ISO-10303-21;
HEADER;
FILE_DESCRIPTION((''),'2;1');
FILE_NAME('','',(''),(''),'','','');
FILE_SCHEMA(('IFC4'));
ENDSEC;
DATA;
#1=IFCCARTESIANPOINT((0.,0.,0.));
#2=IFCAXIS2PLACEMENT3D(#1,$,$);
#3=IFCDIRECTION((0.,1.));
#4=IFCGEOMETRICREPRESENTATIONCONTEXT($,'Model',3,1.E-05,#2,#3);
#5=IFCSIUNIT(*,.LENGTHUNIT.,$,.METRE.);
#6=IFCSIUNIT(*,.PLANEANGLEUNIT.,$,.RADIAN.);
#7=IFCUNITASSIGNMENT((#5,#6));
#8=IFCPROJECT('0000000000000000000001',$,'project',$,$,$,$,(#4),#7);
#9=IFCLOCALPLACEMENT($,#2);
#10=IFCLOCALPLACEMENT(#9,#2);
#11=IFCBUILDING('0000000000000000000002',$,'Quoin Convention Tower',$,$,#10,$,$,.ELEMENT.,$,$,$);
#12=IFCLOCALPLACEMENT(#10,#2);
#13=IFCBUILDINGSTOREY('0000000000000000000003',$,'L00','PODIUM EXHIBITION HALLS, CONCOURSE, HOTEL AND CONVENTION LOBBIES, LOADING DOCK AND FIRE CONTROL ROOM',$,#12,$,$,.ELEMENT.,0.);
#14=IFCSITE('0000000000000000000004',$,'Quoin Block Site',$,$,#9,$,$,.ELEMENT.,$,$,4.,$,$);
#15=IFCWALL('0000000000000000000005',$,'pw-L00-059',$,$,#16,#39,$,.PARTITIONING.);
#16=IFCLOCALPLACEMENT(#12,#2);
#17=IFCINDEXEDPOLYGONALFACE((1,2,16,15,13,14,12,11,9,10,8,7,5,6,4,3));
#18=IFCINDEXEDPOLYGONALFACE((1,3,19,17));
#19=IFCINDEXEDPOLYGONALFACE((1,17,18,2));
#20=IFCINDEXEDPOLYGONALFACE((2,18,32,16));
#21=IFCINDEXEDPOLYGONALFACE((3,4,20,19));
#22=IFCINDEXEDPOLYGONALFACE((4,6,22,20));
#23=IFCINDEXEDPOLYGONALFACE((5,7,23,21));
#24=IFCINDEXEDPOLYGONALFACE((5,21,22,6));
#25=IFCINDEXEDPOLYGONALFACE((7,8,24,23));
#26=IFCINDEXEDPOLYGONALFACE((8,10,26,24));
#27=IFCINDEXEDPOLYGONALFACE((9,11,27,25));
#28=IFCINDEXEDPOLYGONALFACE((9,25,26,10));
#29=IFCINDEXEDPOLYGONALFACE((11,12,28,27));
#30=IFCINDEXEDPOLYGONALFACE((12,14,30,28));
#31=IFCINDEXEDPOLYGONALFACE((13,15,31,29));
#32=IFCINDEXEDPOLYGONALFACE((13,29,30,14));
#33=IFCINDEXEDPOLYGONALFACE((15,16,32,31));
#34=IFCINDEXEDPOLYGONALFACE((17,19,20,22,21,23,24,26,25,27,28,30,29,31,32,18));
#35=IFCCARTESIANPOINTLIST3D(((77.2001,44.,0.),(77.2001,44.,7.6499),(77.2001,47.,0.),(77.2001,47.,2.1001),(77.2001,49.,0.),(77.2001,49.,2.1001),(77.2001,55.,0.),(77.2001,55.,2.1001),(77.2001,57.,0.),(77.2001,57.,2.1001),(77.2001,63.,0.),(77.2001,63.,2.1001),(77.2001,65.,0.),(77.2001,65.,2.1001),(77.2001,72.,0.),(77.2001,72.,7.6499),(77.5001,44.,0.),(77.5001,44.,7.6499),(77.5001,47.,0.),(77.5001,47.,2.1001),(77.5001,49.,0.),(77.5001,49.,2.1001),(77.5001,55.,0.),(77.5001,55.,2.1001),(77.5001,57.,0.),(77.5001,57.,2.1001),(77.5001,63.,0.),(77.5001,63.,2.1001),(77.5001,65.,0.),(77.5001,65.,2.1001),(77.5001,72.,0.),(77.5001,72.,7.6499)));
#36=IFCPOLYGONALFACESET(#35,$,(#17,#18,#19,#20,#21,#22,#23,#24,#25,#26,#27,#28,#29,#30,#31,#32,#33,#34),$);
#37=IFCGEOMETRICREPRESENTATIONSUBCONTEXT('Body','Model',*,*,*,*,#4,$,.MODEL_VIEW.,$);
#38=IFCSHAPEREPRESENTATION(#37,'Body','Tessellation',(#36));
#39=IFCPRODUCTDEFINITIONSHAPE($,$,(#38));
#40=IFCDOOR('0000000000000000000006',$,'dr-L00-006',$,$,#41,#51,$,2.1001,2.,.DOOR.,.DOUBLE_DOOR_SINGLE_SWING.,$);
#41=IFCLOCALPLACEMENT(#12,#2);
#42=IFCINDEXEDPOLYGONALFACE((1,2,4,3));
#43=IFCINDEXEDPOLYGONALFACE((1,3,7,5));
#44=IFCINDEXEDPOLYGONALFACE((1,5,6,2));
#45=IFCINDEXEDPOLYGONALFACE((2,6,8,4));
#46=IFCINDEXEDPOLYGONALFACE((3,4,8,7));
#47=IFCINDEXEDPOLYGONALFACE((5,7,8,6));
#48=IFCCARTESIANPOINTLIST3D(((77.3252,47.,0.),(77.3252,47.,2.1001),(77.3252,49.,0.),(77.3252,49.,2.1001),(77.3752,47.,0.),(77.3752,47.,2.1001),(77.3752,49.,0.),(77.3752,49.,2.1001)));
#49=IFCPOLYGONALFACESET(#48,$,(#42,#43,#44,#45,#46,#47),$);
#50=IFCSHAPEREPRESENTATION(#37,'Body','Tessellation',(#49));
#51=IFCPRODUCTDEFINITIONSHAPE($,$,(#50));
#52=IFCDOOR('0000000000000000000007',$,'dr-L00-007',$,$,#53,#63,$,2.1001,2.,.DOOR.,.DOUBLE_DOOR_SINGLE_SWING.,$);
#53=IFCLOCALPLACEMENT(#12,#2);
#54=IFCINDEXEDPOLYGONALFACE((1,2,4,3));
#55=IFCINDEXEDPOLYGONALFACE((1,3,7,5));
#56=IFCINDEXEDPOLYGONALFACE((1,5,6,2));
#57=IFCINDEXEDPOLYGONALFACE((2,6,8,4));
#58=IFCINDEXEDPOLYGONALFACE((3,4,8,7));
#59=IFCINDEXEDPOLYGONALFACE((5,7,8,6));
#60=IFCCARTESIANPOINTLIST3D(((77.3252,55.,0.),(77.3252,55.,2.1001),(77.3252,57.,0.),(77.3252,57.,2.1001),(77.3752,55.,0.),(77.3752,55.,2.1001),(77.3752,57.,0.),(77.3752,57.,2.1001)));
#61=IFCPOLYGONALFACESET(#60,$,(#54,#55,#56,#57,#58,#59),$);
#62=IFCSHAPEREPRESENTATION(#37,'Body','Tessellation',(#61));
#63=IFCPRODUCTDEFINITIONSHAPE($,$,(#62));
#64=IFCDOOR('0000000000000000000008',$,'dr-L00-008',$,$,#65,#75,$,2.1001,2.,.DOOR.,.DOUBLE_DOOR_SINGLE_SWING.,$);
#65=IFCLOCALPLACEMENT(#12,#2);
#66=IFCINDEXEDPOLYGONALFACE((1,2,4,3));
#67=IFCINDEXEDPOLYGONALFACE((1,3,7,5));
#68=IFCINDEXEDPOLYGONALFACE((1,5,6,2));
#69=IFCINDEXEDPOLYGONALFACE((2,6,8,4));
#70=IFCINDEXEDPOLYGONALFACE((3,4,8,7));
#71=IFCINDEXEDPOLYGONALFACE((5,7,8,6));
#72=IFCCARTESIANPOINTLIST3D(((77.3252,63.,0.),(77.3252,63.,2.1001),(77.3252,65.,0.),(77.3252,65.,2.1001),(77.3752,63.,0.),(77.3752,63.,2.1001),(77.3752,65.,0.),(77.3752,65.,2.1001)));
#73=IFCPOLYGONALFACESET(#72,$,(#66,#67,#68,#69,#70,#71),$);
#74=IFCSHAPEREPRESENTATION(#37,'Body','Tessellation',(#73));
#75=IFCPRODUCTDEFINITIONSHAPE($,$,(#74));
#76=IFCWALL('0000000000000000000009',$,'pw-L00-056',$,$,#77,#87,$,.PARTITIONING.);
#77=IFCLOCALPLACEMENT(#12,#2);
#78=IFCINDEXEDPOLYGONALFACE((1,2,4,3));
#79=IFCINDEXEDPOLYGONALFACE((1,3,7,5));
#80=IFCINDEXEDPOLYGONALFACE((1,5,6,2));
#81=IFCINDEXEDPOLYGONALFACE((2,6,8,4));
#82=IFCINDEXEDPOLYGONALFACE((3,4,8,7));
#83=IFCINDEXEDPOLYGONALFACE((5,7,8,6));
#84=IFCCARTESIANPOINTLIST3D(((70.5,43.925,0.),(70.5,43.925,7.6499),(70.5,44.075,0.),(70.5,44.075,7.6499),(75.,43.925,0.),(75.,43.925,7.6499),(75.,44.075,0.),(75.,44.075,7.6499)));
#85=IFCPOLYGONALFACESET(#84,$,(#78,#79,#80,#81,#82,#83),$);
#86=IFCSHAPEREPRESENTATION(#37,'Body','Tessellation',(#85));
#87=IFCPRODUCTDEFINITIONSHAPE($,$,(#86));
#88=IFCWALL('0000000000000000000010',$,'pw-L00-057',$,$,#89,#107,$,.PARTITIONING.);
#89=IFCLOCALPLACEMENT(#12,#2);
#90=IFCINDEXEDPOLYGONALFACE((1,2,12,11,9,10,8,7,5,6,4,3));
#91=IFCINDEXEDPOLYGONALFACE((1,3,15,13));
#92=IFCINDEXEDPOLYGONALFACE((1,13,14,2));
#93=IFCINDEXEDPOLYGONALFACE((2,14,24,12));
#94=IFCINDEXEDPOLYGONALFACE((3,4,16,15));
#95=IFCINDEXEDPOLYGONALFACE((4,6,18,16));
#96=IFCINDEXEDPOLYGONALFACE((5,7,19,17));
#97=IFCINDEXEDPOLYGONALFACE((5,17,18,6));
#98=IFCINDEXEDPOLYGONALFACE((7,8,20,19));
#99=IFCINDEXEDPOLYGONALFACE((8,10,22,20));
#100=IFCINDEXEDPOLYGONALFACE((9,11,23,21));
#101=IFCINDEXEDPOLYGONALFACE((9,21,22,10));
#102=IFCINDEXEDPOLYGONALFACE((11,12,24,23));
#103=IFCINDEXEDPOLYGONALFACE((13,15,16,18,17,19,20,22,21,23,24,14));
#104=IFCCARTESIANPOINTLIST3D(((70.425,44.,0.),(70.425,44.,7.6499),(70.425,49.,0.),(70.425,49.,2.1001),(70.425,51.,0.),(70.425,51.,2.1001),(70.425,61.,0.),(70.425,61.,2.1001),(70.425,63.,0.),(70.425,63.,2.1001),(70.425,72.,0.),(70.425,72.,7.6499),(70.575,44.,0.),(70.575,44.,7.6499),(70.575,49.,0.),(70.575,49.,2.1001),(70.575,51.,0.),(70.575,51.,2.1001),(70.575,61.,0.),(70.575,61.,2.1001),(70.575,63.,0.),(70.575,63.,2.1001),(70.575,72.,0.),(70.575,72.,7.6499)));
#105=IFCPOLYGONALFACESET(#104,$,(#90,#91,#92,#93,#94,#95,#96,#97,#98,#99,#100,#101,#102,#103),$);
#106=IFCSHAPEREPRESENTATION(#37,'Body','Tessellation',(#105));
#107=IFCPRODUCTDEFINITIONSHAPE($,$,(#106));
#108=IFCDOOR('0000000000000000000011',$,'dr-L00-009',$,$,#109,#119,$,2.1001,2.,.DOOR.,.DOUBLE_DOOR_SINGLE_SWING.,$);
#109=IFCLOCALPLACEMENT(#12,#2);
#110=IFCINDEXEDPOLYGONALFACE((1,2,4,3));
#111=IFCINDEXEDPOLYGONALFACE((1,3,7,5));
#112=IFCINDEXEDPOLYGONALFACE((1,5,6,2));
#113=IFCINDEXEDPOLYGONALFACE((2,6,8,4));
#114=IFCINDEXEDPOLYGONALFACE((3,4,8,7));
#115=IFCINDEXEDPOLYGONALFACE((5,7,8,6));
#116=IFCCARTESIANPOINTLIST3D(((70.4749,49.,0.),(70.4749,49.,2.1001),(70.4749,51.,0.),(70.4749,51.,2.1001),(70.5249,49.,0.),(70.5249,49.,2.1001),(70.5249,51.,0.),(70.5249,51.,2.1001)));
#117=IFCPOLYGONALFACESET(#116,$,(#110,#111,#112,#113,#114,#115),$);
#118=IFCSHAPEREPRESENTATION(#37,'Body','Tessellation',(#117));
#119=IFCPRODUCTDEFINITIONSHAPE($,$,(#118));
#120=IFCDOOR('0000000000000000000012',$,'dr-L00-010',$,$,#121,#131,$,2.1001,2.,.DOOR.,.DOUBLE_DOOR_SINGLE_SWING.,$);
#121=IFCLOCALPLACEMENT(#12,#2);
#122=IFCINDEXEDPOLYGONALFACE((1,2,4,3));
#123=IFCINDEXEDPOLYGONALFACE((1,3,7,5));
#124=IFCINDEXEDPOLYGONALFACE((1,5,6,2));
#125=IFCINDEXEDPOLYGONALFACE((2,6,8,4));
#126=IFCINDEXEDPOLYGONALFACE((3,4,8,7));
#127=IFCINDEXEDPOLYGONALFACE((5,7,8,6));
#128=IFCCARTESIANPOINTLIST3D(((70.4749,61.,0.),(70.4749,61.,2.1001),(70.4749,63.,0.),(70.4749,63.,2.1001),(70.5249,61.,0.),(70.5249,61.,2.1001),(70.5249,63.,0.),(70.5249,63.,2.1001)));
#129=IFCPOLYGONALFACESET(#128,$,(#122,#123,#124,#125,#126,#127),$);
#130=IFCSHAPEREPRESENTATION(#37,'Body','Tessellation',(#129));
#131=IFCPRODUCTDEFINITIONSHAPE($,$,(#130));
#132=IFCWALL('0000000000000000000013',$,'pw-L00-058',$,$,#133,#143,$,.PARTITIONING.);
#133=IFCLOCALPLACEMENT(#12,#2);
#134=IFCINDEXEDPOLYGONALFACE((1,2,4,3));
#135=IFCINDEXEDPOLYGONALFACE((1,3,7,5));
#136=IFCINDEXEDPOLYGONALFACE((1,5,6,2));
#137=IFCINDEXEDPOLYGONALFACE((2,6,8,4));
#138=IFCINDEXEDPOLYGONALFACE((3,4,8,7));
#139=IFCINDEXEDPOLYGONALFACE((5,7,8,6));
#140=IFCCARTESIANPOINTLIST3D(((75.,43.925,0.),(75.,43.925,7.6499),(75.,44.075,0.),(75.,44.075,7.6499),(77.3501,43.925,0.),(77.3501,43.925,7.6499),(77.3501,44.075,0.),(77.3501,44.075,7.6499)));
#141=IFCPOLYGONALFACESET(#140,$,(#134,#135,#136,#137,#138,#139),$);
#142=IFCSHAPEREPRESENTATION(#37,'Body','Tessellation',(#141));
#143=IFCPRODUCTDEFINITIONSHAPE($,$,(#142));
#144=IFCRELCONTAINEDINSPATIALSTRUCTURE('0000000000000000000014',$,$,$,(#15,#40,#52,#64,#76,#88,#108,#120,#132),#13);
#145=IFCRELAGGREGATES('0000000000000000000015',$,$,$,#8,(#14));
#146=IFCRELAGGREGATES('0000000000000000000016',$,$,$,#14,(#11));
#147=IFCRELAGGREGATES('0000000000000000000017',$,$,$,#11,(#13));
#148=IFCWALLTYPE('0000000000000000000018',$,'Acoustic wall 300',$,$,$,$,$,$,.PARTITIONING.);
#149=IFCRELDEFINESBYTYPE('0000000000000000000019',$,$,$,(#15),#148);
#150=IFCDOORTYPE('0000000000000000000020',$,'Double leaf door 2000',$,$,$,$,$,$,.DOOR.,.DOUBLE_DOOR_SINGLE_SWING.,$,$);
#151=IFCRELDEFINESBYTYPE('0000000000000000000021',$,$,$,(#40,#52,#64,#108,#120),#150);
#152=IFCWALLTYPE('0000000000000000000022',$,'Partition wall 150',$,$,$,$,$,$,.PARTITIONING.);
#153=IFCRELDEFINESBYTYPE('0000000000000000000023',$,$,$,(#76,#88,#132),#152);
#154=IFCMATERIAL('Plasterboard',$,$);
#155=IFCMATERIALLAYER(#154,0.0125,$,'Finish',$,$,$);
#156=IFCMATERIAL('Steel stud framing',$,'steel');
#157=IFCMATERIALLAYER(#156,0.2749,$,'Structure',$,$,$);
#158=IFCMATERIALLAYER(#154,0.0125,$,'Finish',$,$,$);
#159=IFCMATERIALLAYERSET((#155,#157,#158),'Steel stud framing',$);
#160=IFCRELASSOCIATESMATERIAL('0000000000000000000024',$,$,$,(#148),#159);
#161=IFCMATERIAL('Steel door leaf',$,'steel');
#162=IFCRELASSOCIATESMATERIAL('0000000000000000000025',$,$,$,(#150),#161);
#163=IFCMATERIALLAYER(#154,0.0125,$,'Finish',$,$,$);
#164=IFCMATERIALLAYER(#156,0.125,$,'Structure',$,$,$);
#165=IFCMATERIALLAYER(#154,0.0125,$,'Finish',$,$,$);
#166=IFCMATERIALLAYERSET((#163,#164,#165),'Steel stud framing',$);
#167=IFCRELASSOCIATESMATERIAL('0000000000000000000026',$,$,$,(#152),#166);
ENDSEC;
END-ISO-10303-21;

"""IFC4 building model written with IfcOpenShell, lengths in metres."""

from ifc_helpers import new_model, si_unit, direction, frame, frame_2d, origin, place, context, subcontext, project, spatial, rectangle, extrude, material, layer, layer_set, type_object, element, fill, save


model = new_model("IFC4")

# Units and contexts
model_context = context("Model", 3, precision=1e-05, world=origin(), true_north=direction((0.0, 1.0)))
body_context = subcontext(model_context, "Body", "Model", "MODEL_VIEW")
ifc_project = project(units=[si_unit("LENGTHUNIT", "METRE"), si_unit("PLANEANGLEUNIT", "RADIAN")], contexts=[model_context])

# Site, building, storey
site_placement = place(None, origin())
site = spatial("IfcSite", under=ifc_project, at=site_placement, Name="Quoin Block Site", CompositionType="ELEMENT", RefElevation=4.0)
building_placement = place(site_placement, origin())
building = spatial("IfcBuilding", under=site, at=building_placement, Name="Quoin Convention Tower", CompositionType="ELEMENT")
storey_placement = place(building_placement, origin())
storey = spatial("IfcBuildingStorey", under=building, at=storey_placement, Name="L00", Description="PODIUM EXHIBITION HALLS, CONCOURSE, HOTEL AND CONVENTION LOBBIES, LOADING DOCK AND FIRE CONTROL ROOM", CompositionType="ELEMENT", Elevation=0.0)

# Shared definitions
ifc_material_1 = material(Name="Plasterboard")
ifc_layer_1 = layer(ifc_material_1, 0.0125, Name="Finish")
ifc_material_2 = material(Name="Steel stud framing", Category="steel")
ifc_layer_2 = layer(ifc_material_2, 0.2749, Name="Structure")
ifc_layer_3 = layer(ifc_material_1, 0.0125, Name="Finish")
ifc_layer_set_1 = layer_set([ifc_layer_1, ifc_layer_2, ifc_layer_3], Name="Steel stud framing")
wall_type_1 = type_object("IfcWallType", Name="Acoustic wall 300", PredefinedType="PARTITIONING", material=ifc_layer_set_1)

# Wall, openings, doors
wall_1_placement = place(storey_placement, frame((77.3501, 44.0, 0.0), z_axis=(0.0, 0.0, 1.0), x_axis=(0.0, 1.0, 0.0)))
wall_1 = element("IfcWall", 1, at=wall_1_placement, inside=storey, type_object=wall_type_1, Name="pw-L00-059", PredefinedType="PARTITIONING", context=body_context, shape_type="SweptSolid", body=[
    extrude(rectangle(XDim=28.0, YDim=0.3, at=frame_2d((14.0, 0.0))), origin(), (0.0, 0.0, 1.0), 7.6499),
])
opening_1_placement = place(wall_1_placement, frame((3.0, 0.0, 0.0)))
opening_1 = element("IfcOpeningElement", 2, at=opening_1_placement, cuts=wall_1, PredefinedType="OPENING", context=body_context, shape_type="SweptSolid", body=[
    extrude(rectangle(XDim=2.0, YDim=2.1001, at=frame_2d((1.0, 1.05))), frame((0.0, 0.1599, 0.0), z_axis=(0.0, -1.0, 0.0), x_axis=(1.0, 0.0, 0.0)), (0.0, 0.0, 1.0), 0.3201),
])
opening_2_placement = place(wall_1_placement, frame((11.0, 0.0, 0.0)))
opening_2 = element("IfcOpeningElement", 3, at=opening_2_placement, cuts=wall_1, PredefinedType="OPENING", context=body_context, shape_type="SweptSolid", body=[
    extrude(rectangle(XDim=2.0, YDim=2.1001, at=frame_2d((1.0, 1.05))), frame((0.0, 0.1599, 0.0), z_axis=(0.0, -1.0, 0.0), x_axis=(1.0, 0.0, 0.0)), (0.0, 0.0, 1.0), 0.3201),
])
opening_3_placement = place(wall_1_placement, frame((19.0, 0.0, 0.0)))
opening_3 = element("IfcOpeningElement", 4, at=opening_3_placement, cuts=wall_1, PredefinedType="OPENING", context=body_context, shape_type="SweptSolid", body=[
    extrude(rectangle(XDim=2.0, YDim=2.1001, at=frame_2d((1.0, 1.05))), frame((0.0, 0.1599, 0.0), z_axis=(0.0, -1.0, 0.0), x_axis=(1.0, 0.0, 0.0)), (0.0, 0.0, 1.0), 0.3201),
])
ifc_material_3 = material(Name="Steel door leaf", Category="steel")
door_type = type_object("IfcDoorType", Name="Double leaf door 2000", OperationType="DOUBLE_DOOR_SINGLE_SWING", PredefinedType="DOOR", material=ifc_material_3)
door_1_placement = place(opening_1_placement, origin())
door_1 = element("IfcDoor", 5, at=door_1_placement, inside=storey, type_object=door_type, Name="dr-L00-006", OperationType="DOUBLE_DOOR_SINGLE_SWING", OverallHeight=2.1001, OverallWidth=2.0, PredefinedType="DOOR", context=body_context, shape_type="SweptSolid", body=[
    extrude(rectangle(XDim=2.0, YDim=2.1001, at=frame_2d((1.0, 1.05))), frame((0.0, 0.0249, 0.0), z_axis=(0.0, -1.0, 0.0), x_axis=(1.0, 0.0, 0.0)), (0.0, 0.0, 1.0), 0.05),
])
fill(opening_1, door_1)
door_2_placement = place(opening_2_placement, origin())
door_2 = element("IfcDoor", 6, at=door_2_placement, inside=storey, type_object=door_type, Name="dr-L00-007", OperationType="DOUBLE_DOOR_SINGLE_SWING", OverallHeight=2.1001, OverallWidth=2.0, PredefinedType="DOOR", context=body_context, shape_type="SweptSolid", body=[
    extrude(rectangle(XDim=2.0, YDim=2.1001, at=frame_2d((1.0, 1.05))), frame((0.0, 0.0249, 0.0), z_axis=(0.0, -1.0, 0.0), x_axis=(1.0, 0.0, 0.0)), (0.0, 0.0, 1.0), 0.05),
])
fill(opening_2, door_2)
door_3_placement = place(opening_3_placement, origin())
door_3 = element("IfcDoor", 7, at=door_3_placement, inside=storey, type_object=door_type, Name="dr-L00-008", OperationType="DOUBLE_DOOR_SINGLE_SWING", OverallHeight=2.1001, OverallWidth=2.0, PredefinedType="DOOR", context=body_context, shape_type="SweptSolid", body=[
    extrude(rectangle(XDim=2.0, YDim=2.1001, at=frame_2d((1.0, 1.05))), frame((0.0, 0.0249, 0.0), z_axis=(0.0, -1.0, 0.0), x_axis=(1.0, 0.0, 0.0)), (0.0, 0.0, 1.0), 0.05),
])
fill(opening_3, door_3)

# Wall
ifc_layer_4 = layer(ifc_material_1, 0.0125, Name="Finish")
ifc_layer_5 = layer(ifc_material_2, 0.125, Name="Structure")
ifc_layer_6 = layer(ifc_material_1, 0.0125, Name="Finish")
ifc_layer_set_2 = layer_set([ifc_layer_4, ifc_layer_5, ifc_layer_6], Name="Steel stud framing")
wall_type_2 = type_object("IfcWallType", Name="Partition wall 150", PredefinedType="PARTITIONING", material=ifc_layer_set_2)
wall_2_placement = place(storey_placement, frame((70.5, 44.0, 0.0), z_axis=(0.0, 0.0, 1.0), x_axis=(1.0, 0.0, 0.0)))
element("IfcWall", 8, at=wall_2_placement, inside=storey, type_object=wall_type_2, Name="pw-L00-056", PredefinedType="PARTITIONING", context=body_context, shape_type="SweptSolid", body=[
    extrude(rectangle(XDim=4.5, YDim=0.1499, at=frame_2d((2.25, 0.0))), origin(), (0.0, 0.0, 1.0), 7.6499),
])

# Wall, openings, doors
wall_3_placement = place(storey_placement, frame((70.5, 44.0, 0.0), z_axis=(0.0, 0.0, 1.0), x_axis=(0.0, 1.0, 0.0)))
wall_3 = element("IfcWall", 9, at=wall_3_placement, inside=storey, type_object=wall_type_2, Name="pw-L00-057", PredefinedType="PARTITIONING", context=body_context, shape_type="SweptSolid", body=[
    extrude(rectangle(XDim=28.0, YDim=0.1499, at=frame_2d((14.0, 0.0))), origin(), (0.0, 0.0, 1.0), 7.6499),
])
opening_4_placement = place(wall_3_placement, frame((5.0, 0.0, 0.0)))
opening_4 = element("IfcOpeningElement", 10, at=opening_4_placement, cuts=wall_3, PredefinedType="OPENING", context=body_context, shape_type="SweptSolid", body=[
    extrude(rectangle(XDim=2.0, YDim=2.1001, at=frame_2d((1.0, 1.05))), frame((0.0, 0.085, 0.0), z_axis=(0.0, -1.0, 0.0), x_axis=(1.0, 0.0, 0.0)), (0.0, 0.0, 1.0), 0.1699),
])
opening_5_placement = place(wall_3_placement, frame((17.0, 0.0, 0.0)))
opening_5 = element("IfcOpeningElement", 11, at=opening_5_placement, cuts=wall_3, PredefinedType="OPENING", context=body_context, shape_type="SweptSolid", body=[
    extrude(rectangle(XDim=2.0, YDim=2.1001, at=frame_2d((1.0, 1.05))), frame((0.0, 0.085, 0.0), z_axis=(0.0, -1.0, 0.0), x_axis=(1.0, 0.0, 0.0)), (0.0, 0.0, 1.0), 0.1699),
])
door_4_placement = place(opening_4_placement, frame((2.0, 0.0, 0.0), z_axis=(0.0, 0.0, 1.0), x_axis=(-1.0, 0.0, 0.0)))
door_4 = element("IfcDoor", 12, at=door_4_placement, inside=storey, type_object=door_type, Name="dr-L00-009", OperationType="DOUBLE_DOOR_SINGLE_SWING", OverallHeight=2.1001, OverallWidth=2.0, PredefinedType="DOOR", context=body_context, shape_type="SweptSolid", body=[
    extrude(rectangle(XDim=2.0, YDim=2.1001, at=frame_2d((1.0, 1.05))), frame((0.0, 0.0249, 0.0), z_axis=(0.0, -1.0, 0.0), x_axis=(1.0, 0.0, 0.0)), (0.0, 0.0, 1.0), 0.05),
])
fill(opening_4, door_4)
door_5_placement = place(opening_5_placement, frame((2.0, 0.0, 0.0), z_axis=(0.0, 0.0, 1.0), x_axis=(-1.0, 0.0, 0.0)))
door_5 = element("IfcDoor", 13, at=door_5_placement, inside=storey, type_object=door_type, Name="dr-L00-010", OperationType="DOUBLE_DOOR_SINGLE_SWING", OverallHeight=2.1001, OverallWidth=2.0, PredefinedType="DOOR", context=body_context, shape_type="SweptSolid", body=[
    extrude(rectangle(XDim=2.0, YDim=2.1001, at=frame_2d((1.0, 1.05))), frame((0.0, 0.0249, 0.0), z_axis=(0.0, -1.0, 0.0), x_axis=(1.0, 0.0, 0.0)), (0.0, 0.0, 1.0), 0.05),
])
fill(opening_5, door_5)

# Wall
wall_4_placement = place(storey_placement, frame((75.0, 44.0, 0.0), z_axis=(0.0, 0.0, 1.0), x_axis=(1.0, 0.0, 0.0)))
element("IfcWall", 14, at=wall_4_placement, inside=storey, type_object=wall_type_2, Name="pw-L00-058", PredefinedType="PARTITIONING", context=body_context, shape_type="SweptSolid", body=[
    extrude(rectangle(XDim=2.3501, YDim=0.1499, at=frame_2d((1.175, 0.0))), origin(), (0.0, 0.0, 1.0), 7.6499),
])

save(model, "model.ifc")
